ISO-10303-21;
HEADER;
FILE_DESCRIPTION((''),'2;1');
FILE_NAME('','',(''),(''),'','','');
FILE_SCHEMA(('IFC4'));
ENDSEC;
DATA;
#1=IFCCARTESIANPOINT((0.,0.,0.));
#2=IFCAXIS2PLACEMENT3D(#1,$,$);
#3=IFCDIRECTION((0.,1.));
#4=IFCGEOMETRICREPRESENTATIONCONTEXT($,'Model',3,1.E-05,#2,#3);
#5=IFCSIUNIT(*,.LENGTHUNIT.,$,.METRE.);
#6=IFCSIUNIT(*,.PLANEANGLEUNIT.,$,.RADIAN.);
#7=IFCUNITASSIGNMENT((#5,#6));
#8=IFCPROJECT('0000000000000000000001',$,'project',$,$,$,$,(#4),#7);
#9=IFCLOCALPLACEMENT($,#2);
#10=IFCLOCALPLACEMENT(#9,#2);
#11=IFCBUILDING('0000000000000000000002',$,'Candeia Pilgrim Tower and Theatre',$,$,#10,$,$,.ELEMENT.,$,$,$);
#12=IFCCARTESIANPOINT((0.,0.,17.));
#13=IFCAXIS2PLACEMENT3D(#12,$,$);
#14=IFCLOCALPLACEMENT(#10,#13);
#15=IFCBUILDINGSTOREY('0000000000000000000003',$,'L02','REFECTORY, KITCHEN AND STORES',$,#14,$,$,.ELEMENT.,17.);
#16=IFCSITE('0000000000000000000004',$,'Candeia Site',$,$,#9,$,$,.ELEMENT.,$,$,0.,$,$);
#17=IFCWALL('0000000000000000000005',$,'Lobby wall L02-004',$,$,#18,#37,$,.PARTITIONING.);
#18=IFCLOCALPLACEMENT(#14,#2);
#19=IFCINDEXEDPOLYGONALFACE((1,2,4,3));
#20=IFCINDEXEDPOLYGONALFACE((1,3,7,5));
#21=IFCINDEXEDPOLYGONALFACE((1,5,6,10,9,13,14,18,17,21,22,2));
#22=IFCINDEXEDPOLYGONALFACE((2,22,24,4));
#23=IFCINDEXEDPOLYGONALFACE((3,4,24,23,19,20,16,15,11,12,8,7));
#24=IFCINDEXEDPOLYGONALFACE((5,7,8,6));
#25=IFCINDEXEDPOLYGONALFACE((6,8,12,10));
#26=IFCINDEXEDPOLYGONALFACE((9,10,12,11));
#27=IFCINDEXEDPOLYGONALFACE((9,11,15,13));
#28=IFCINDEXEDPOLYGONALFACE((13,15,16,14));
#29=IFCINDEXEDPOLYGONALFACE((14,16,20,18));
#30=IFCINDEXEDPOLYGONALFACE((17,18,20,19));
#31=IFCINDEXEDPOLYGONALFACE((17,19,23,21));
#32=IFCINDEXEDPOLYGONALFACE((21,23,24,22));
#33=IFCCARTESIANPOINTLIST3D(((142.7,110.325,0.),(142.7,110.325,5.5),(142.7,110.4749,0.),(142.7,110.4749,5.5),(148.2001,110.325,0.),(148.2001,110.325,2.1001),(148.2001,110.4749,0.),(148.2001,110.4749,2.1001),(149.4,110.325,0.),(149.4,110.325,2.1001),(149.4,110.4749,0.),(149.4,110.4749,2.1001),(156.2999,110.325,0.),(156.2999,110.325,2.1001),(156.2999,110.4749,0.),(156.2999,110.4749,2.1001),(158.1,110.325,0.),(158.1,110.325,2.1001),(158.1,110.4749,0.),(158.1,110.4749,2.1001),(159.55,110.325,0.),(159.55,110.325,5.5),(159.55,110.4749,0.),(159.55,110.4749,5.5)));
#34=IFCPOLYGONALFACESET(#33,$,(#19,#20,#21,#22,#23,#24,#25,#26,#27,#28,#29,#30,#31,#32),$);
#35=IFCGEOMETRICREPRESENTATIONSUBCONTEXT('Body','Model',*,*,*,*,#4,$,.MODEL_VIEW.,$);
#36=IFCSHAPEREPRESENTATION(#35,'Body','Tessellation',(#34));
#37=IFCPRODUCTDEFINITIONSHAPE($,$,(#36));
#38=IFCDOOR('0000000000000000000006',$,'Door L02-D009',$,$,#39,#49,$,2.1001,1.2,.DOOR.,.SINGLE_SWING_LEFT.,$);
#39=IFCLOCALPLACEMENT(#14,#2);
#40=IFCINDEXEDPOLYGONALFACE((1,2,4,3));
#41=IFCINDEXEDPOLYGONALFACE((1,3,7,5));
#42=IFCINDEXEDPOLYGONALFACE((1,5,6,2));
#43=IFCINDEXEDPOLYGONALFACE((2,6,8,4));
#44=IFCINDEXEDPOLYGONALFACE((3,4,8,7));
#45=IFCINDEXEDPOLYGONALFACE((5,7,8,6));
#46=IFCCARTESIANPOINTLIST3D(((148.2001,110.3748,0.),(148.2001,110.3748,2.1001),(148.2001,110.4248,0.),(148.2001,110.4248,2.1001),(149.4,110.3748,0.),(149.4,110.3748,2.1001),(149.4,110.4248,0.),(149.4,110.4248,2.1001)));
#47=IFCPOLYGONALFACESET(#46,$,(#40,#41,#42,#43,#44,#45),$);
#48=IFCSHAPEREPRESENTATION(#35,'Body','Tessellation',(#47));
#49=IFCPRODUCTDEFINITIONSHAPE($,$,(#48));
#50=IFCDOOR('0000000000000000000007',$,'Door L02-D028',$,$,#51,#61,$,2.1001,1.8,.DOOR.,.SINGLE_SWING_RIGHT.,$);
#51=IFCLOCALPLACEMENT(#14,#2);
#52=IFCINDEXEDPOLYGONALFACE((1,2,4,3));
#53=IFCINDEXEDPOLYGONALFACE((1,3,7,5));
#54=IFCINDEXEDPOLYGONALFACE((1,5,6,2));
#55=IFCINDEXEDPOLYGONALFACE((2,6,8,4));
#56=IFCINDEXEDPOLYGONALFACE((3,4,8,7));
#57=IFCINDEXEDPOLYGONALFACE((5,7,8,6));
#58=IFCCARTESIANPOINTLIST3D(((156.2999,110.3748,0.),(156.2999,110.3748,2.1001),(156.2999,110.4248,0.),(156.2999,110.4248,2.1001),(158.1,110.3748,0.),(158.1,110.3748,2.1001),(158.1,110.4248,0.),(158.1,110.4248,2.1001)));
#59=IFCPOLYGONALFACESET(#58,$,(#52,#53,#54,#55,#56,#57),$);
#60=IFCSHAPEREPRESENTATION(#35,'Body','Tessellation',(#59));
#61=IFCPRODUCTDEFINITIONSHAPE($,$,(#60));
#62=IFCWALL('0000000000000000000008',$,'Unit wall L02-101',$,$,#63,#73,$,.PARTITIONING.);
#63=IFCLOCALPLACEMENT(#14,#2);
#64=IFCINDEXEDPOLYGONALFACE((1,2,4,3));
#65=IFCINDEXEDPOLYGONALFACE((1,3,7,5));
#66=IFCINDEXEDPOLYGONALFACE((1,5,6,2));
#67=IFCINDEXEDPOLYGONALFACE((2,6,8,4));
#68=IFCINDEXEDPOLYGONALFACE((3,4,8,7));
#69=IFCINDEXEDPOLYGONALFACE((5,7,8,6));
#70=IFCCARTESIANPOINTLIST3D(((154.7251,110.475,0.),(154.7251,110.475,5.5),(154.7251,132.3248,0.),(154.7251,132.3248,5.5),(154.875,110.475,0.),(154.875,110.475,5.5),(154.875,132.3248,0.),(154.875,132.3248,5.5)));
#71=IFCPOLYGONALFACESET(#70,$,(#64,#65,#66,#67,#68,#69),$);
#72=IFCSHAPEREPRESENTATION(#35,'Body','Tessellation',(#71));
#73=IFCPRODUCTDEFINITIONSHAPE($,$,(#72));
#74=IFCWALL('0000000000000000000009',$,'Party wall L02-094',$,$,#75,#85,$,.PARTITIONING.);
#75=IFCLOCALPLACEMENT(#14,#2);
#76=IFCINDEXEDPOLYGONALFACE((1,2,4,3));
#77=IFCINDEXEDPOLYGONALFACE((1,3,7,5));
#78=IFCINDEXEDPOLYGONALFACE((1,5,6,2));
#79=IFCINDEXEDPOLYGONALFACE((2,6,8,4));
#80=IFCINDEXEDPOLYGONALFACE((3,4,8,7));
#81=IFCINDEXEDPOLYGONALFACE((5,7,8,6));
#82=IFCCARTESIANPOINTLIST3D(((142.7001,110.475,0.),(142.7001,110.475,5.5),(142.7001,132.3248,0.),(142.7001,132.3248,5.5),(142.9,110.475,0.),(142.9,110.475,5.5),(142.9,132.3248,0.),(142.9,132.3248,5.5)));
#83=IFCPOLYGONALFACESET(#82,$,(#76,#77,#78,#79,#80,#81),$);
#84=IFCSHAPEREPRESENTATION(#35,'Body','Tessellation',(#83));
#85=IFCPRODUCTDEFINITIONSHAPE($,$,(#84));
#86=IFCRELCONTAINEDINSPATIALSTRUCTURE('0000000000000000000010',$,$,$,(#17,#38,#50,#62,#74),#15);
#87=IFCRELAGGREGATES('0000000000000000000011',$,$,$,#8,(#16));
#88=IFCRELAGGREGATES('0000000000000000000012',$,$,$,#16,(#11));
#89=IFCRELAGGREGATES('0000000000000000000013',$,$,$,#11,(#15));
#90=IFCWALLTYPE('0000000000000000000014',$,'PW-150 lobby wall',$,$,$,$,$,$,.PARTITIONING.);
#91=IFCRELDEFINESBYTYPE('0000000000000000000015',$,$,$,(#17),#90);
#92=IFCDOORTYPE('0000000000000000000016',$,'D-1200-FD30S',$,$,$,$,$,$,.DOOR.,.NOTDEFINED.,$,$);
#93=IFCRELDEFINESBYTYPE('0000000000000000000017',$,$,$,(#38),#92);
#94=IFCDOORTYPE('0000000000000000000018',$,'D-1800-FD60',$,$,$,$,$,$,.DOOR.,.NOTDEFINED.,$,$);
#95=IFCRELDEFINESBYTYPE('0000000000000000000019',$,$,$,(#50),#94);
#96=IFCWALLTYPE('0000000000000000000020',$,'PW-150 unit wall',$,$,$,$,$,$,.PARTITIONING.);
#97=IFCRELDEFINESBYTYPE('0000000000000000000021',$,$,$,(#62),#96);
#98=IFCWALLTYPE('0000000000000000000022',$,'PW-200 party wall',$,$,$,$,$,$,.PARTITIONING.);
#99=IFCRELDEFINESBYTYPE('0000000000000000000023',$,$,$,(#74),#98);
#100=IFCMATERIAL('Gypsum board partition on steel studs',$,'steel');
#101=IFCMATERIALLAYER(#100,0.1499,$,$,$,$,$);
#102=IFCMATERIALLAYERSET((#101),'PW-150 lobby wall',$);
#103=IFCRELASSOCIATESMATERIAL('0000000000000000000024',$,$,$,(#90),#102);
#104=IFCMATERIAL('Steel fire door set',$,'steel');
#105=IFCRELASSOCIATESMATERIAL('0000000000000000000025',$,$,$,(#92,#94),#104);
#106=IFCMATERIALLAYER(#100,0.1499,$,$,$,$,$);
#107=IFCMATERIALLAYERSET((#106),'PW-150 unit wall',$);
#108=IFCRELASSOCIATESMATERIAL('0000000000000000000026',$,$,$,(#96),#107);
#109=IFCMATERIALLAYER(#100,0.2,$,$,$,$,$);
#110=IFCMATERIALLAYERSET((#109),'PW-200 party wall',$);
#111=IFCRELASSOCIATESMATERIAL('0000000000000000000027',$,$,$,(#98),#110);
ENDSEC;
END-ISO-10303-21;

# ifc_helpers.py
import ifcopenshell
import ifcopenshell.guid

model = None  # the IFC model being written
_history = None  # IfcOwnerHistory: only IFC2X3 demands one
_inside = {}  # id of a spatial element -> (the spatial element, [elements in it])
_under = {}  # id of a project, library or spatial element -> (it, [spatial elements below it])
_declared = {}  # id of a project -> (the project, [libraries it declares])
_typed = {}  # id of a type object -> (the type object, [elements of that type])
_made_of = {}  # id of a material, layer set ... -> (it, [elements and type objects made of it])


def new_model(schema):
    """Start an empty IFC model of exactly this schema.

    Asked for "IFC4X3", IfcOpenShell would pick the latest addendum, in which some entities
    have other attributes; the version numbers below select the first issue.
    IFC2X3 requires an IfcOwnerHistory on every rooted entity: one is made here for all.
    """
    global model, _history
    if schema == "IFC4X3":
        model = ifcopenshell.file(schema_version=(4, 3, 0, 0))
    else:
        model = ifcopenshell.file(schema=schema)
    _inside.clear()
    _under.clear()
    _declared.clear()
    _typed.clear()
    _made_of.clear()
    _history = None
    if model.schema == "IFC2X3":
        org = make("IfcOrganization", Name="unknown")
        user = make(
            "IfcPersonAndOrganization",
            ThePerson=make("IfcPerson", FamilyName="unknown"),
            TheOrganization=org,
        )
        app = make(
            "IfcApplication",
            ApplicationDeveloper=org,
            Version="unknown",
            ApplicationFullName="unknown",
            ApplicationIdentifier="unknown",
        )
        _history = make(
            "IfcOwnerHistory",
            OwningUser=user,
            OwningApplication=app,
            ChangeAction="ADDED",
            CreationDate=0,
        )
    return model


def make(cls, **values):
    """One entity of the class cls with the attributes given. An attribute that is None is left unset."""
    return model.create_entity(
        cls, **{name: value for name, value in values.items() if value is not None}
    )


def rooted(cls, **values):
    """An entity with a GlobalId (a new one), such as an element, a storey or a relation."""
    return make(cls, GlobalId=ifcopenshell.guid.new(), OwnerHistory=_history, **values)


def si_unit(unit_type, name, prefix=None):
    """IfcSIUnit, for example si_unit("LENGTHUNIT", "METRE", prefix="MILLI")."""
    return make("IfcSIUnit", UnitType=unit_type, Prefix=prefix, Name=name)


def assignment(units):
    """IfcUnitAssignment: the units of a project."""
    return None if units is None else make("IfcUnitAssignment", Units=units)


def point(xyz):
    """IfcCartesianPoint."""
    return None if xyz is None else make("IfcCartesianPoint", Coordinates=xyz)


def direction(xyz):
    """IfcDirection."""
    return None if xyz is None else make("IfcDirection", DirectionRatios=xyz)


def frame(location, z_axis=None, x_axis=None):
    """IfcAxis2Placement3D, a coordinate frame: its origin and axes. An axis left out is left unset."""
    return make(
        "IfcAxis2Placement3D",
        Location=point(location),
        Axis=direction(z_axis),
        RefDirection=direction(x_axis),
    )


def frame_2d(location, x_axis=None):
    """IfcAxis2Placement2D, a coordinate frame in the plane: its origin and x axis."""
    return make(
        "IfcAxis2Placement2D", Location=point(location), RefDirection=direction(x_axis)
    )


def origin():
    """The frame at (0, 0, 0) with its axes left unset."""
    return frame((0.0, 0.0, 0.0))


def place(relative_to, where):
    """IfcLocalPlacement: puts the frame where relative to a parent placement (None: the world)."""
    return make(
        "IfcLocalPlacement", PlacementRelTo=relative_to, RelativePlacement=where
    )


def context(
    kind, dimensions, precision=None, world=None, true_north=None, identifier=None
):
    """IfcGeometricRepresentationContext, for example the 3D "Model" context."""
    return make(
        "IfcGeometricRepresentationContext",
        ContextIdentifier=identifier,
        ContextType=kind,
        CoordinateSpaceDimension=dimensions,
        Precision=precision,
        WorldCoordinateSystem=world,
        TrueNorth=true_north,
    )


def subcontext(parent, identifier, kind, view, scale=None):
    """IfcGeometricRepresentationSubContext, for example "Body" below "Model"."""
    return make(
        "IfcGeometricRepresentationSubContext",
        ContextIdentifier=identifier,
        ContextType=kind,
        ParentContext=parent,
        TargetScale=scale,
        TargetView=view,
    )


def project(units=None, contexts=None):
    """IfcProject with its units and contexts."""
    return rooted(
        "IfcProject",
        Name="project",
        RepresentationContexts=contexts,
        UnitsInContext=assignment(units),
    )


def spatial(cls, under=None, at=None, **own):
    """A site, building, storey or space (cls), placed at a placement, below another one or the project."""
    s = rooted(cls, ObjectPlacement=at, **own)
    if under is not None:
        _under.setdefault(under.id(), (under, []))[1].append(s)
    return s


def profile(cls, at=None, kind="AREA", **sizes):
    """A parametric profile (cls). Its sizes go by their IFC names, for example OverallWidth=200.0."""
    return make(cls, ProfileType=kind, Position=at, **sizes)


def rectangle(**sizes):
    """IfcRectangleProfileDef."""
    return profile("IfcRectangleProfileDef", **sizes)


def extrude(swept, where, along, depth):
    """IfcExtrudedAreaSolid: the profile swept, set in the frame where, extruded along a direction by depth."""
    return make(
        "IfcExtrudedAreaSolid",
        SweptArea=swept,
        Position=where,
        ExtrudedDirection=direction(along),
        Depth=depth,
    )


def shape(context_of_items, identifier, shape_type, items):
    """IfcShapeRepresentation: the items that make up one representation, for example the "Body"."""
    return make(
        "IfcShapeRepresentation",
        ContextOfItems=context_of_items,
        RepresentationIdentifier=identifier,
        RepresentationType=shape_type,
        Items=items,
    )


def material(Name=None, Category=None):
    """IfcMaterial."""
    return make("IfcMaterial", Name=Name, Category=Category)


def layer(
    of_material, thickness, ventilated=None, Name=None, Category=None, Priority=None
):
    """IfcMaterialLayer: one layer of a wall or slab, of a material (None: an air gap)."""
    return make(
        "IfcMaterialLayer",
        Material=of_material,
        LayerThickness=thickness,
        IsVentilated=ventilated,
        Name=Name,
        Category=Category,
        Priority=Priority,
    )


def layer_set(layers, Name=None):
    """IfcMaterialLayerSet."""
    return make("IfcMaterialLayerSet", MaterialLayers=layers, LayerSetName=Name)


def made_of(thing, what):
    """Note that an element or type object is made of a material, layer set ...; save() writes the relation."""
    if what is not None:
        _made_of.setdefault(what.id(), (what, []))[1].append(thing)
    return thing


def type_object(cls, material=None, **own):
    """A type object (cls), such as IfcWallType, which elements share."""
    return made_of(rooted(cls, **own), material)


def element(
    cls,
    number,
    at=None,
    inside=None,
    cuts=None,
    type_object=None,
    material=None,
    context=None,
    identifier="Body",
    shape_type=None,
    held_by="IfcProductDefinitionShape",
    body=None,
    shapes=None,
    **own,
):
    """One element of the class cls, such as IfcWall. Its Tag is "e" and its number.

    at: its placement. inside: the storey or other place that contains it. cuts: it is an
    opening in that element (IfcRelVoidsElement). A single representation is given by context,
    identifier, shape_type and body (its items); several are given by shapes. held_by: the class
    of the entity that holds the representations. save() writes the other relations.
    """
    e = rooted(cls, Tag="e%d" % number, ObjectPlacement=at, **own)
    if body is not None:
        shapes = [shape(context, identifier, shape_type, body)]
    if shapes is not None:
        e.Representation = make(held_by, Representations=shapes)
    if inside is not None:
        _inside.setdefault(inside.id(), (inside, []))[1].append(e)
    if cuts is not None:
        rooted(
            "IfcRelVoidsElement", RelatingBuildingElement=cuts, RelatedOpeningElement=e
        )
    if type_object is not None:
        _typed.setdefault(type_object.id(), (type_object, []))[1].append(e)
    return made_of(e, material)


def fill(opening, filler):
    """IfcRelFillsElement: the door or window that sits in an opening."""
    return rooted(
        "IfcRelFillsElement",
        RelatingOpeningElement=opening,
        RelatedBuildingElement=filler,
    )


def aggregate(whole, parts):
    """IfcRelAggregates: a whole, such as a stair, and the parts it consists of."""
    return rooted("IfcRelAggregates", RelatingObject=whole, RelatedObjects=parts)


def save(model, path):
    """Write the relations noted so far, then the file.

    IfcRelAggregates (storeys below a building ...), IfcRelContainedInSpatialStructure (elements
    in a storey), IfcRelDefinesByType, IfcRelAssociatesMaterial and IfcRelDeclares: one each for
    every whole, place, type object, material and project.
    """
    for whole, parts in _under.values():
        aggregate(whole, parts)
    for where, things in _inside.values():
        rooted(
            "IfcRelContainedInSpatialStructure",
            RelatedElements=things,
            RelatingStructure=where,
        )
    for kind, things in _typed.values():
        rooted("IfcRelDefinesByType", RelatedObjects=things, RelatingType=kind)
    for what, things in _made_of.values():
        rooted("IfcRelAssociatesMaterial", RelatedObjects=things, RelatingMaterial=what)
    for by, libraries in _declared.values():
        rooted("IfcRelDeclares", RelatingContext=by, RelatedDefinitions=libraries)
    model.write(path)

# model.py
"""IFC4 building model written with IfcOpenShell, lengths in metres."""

from ifc_helpers import new_model, si_unit, direction, frame, frame_2d, origin, place, context, subcontext, project, spatial, rectangle, extrude, material, layer, layer_set, type_object, element, fill, save


model = new_model("IFC4")

# Units and contexts
model_context = context("Model", 3, precision=1e-05, world=origin(), true_north=direction((0.0, 1.0)))
body_context = subcontext(model_context, "Body", "Model", "MODEL_VIEW")
ifc_project = project(units=[si_unit("LENGTHUNIT", "METRE"), si_unit("PLANEANGLEUNIT", "RADIAN")], contexts=[model_context])

# Site, building, storey
site_placement = place(None, origin())
site = spatial("IfcSite", under=ifc_project, at=site_placement, Name="Candeia Site", CompositionType="ELEMENT", RefElevation=0.0)
building_placement = place(site_placement, origin())
building = spatial("IfcBuilding", under=site, at=building_placement, Name="Candeia Pilgrim Tower and Theatre", CompositionType="ELEMENT")
storey_placement = place(building_placement, frame((0.0, 0.0, 17.0)))
storey = spatial("IfcBuildingStorey", under=building, at=storey_placement, Name="L02", Description="REFECTORY, KITCHEN AND STORES", CompositionType="ELEMENT", Elevation=17.0)

# Shared definitions
ifc_material_1 = material(Name="Steel fire door set", Category="steel")

# Wall, openings, doors
ifc_material_2 = material(Name="Gypsum board partition on steel studs", Category="steel")
ifc_layer_1 = layer(ifc_material_2, 0.1499)
ifc_layer_set_1 = layer_set([ifc_layer_1], Name="PW-150 lobby wall")
wall_type_1 = type_object("IfcWallType", Name="PW-150 lobby wall", PredefinedType="PARTITIONING", material=ifc_layer_set_1)
wall_1_placement = place(storey_placement, frame((142.7, 110.3999, 0.0), z_axis=(0.0, 0.0, 1.0), x_axis=(1.0, 0.0, 0.0)))
wall_1 = element("IfcWall", 1, at=wall_1_placement, inside=storey, type_object=wall_type_1, Name="Lobby wall L02-004", PredefinedType="PARTITIONING", context=body_context, shape_type="SweptSolid", body=[
    extrude(rectangle(XDim=16.8501, YDim=0.1499, at=frame_2d((8.425, 0.0))), origin(), (0.0, 0.0, 1.0), 5.5),
])
opening_1_placement = place(wall_1_placement, frame((5.5, 0.0, 0.0)))
opening_1 = element("IfcOpeningElement", 2, at=opening_1_placement, cuts=wall_1, PredefinedType="OPENING", context=body_context, shape_type="SweptSolid", body=[
    extrude(rectangle(XDim=1.2, YDim=2.1001, at=frame_2d((0.6001, 1.05))), frame((0.0, 0.085, 0.0), z_axis=(0.0, -1.0, 0.0), x_axis=(1.0, 0.0, 0.0)), (0.0, 0.0, 1.0), 0.1699),
])
opening_2_placement = place(wall_1_placement, frame((13.6001, 0.0, 0.0)))
opening_2 = element("IfcOpeningElement", 3, at=opening_2_placement, cuts=wall_1, PredefinedType="OPENING", context=body_context, shape_type="SweptSolid", body=[
    extrude(rectangle(XDim=1.8, YDim=2.1001, at=frame_2d((0.8999, 1.05))), frame((0.0, 0.085, 0.0), z_axis=(0.0, -1.0, 0.0), x_axis=(1.0, 0.0, 0.0)), (0.0, 0.0, 1.0), 0.1699),
])
door_type_1 = type_object("IfcDoorType", Name="D-1200-FD30S", OperationType="NOTDEFINED", PredefinedType="DOOR", material=ifc_material_1)
door_1_placement = place(opening_1_placement, origin())
door_1 = element("IfcDoor", 4, at=door_1_placement, inside=storey, type_object=door_type_1, Name="Door L02-D009", OperationType="SINGLE_SWING_LEFT", OverallHeight=2.1001, OverallWidth=1.2, PredefinedType="DOOR", context=body_context, shape_type="SweptSolid", body=[
    extrude(rectangle(XDim=1.2, YDim=2.1001, at=frame_2d((0.6001, 1.05))), frame((0.0, 0.0249, 0.0), z_axis=(0.0, -1.0, 0.0), x_axis=(1.0, 0.0, 0.0)), (0.0, 0.0, 1.0), 0.05),
])
fill(opening_1, door_1)
door_type_2 = type_object("IfcDoorType", Name="D-1800-FD60", OperationType="NOTDEFINED", PredefinedType="DOOR", material=ifc_material_1)
door_2_placement = place(opening_2_placement, origin())
door_2 = element("IfcDoor", 5, at=door_2_placement, inside=storey, type_object=door_type_2, Name="Door L02-D028", OperationType="SINGLE_SWING_RIGHT", OverallHeight=2.1001, OverallWidth=1.8, PredefinedType="DOOR", context=body_context, shape_type="SweptSolid", body=[
    extrude(rectangle(XDim=1.8, YDim=2.1001, at=frame_2d((0.8999, 1.05))), frame((0.0, 0.0249, 0.0), z_axis=(0.0, -1.0, 0.0), x_axis=(1.0, 0.0, 0.0)), (0.0, 0.0, 1.0), 0.05),
])
fill(opening_2, door_2)

# Walls
ifc_layer_2 = layer(ifc_material_2, 0.1499)
ifc_layer_set_2 = layer_set([ifc_layer_2], Name="PW-150 unit wall")
wall_type_2 = type_object("IfcWallType", Name="PW-150 unit wall", PredefinedType="PARTITIONING", material=ifc_layer_set_2)
wall_2_placement = place(storey_placement, frame((154.8, 110.4751, 0.0), z_axis=(0.0, 0.0, 1.0), x_axis=(0.0, 1.0, 0.0)))
element("IfcWall", 6, at=wall_2_placement, inside=storey, type_object=wall_type_2, Name="Unit wall L02-101", PredefinedType="PARTITIONING", context=body_context, shape_type="SweptSolid", body=[
    extrude(rectangle(XDim=21.8499, YDim=0.1499, at=frame_2d((10.9248, 0.0))), origin(), (0.0, 0.0, 1.0), 5.5),
])
ifc_layer_3 = layer(ifc_material_2, 0.2)
ifc_layer_set_3 = layer_set([ifc_layer_3], Name="PW-200 party wall")
wall_type_3 = type_object("IfcWallType", Name="PW-200 party wall", PredefinedType="PARTITIONING", material=ifc_layer_set_3)
wall_3_placement = place(storey_placement, frame((142.8, 110.4751, 0.0), z_axis=(0.0, 0.0, 1.0), x_axis=(0.0, 1.0, 0.0)))
element("IfcWall", 7, at=wall_3_placement, inside=storey, type_object=wall_type_3, Name="Party wall L02-094", PredefinedType="PARTITIONING", context=body_context, shape_type="SweptSolid", body=[
    extrude(rectangle(XDim=21.8499, YDim=0.2, at=frame_2d((10.9248, 0.0))), origin(), (0.0, 0.0, 1.0), 5.5),
])

save(model, "model.ifc")
